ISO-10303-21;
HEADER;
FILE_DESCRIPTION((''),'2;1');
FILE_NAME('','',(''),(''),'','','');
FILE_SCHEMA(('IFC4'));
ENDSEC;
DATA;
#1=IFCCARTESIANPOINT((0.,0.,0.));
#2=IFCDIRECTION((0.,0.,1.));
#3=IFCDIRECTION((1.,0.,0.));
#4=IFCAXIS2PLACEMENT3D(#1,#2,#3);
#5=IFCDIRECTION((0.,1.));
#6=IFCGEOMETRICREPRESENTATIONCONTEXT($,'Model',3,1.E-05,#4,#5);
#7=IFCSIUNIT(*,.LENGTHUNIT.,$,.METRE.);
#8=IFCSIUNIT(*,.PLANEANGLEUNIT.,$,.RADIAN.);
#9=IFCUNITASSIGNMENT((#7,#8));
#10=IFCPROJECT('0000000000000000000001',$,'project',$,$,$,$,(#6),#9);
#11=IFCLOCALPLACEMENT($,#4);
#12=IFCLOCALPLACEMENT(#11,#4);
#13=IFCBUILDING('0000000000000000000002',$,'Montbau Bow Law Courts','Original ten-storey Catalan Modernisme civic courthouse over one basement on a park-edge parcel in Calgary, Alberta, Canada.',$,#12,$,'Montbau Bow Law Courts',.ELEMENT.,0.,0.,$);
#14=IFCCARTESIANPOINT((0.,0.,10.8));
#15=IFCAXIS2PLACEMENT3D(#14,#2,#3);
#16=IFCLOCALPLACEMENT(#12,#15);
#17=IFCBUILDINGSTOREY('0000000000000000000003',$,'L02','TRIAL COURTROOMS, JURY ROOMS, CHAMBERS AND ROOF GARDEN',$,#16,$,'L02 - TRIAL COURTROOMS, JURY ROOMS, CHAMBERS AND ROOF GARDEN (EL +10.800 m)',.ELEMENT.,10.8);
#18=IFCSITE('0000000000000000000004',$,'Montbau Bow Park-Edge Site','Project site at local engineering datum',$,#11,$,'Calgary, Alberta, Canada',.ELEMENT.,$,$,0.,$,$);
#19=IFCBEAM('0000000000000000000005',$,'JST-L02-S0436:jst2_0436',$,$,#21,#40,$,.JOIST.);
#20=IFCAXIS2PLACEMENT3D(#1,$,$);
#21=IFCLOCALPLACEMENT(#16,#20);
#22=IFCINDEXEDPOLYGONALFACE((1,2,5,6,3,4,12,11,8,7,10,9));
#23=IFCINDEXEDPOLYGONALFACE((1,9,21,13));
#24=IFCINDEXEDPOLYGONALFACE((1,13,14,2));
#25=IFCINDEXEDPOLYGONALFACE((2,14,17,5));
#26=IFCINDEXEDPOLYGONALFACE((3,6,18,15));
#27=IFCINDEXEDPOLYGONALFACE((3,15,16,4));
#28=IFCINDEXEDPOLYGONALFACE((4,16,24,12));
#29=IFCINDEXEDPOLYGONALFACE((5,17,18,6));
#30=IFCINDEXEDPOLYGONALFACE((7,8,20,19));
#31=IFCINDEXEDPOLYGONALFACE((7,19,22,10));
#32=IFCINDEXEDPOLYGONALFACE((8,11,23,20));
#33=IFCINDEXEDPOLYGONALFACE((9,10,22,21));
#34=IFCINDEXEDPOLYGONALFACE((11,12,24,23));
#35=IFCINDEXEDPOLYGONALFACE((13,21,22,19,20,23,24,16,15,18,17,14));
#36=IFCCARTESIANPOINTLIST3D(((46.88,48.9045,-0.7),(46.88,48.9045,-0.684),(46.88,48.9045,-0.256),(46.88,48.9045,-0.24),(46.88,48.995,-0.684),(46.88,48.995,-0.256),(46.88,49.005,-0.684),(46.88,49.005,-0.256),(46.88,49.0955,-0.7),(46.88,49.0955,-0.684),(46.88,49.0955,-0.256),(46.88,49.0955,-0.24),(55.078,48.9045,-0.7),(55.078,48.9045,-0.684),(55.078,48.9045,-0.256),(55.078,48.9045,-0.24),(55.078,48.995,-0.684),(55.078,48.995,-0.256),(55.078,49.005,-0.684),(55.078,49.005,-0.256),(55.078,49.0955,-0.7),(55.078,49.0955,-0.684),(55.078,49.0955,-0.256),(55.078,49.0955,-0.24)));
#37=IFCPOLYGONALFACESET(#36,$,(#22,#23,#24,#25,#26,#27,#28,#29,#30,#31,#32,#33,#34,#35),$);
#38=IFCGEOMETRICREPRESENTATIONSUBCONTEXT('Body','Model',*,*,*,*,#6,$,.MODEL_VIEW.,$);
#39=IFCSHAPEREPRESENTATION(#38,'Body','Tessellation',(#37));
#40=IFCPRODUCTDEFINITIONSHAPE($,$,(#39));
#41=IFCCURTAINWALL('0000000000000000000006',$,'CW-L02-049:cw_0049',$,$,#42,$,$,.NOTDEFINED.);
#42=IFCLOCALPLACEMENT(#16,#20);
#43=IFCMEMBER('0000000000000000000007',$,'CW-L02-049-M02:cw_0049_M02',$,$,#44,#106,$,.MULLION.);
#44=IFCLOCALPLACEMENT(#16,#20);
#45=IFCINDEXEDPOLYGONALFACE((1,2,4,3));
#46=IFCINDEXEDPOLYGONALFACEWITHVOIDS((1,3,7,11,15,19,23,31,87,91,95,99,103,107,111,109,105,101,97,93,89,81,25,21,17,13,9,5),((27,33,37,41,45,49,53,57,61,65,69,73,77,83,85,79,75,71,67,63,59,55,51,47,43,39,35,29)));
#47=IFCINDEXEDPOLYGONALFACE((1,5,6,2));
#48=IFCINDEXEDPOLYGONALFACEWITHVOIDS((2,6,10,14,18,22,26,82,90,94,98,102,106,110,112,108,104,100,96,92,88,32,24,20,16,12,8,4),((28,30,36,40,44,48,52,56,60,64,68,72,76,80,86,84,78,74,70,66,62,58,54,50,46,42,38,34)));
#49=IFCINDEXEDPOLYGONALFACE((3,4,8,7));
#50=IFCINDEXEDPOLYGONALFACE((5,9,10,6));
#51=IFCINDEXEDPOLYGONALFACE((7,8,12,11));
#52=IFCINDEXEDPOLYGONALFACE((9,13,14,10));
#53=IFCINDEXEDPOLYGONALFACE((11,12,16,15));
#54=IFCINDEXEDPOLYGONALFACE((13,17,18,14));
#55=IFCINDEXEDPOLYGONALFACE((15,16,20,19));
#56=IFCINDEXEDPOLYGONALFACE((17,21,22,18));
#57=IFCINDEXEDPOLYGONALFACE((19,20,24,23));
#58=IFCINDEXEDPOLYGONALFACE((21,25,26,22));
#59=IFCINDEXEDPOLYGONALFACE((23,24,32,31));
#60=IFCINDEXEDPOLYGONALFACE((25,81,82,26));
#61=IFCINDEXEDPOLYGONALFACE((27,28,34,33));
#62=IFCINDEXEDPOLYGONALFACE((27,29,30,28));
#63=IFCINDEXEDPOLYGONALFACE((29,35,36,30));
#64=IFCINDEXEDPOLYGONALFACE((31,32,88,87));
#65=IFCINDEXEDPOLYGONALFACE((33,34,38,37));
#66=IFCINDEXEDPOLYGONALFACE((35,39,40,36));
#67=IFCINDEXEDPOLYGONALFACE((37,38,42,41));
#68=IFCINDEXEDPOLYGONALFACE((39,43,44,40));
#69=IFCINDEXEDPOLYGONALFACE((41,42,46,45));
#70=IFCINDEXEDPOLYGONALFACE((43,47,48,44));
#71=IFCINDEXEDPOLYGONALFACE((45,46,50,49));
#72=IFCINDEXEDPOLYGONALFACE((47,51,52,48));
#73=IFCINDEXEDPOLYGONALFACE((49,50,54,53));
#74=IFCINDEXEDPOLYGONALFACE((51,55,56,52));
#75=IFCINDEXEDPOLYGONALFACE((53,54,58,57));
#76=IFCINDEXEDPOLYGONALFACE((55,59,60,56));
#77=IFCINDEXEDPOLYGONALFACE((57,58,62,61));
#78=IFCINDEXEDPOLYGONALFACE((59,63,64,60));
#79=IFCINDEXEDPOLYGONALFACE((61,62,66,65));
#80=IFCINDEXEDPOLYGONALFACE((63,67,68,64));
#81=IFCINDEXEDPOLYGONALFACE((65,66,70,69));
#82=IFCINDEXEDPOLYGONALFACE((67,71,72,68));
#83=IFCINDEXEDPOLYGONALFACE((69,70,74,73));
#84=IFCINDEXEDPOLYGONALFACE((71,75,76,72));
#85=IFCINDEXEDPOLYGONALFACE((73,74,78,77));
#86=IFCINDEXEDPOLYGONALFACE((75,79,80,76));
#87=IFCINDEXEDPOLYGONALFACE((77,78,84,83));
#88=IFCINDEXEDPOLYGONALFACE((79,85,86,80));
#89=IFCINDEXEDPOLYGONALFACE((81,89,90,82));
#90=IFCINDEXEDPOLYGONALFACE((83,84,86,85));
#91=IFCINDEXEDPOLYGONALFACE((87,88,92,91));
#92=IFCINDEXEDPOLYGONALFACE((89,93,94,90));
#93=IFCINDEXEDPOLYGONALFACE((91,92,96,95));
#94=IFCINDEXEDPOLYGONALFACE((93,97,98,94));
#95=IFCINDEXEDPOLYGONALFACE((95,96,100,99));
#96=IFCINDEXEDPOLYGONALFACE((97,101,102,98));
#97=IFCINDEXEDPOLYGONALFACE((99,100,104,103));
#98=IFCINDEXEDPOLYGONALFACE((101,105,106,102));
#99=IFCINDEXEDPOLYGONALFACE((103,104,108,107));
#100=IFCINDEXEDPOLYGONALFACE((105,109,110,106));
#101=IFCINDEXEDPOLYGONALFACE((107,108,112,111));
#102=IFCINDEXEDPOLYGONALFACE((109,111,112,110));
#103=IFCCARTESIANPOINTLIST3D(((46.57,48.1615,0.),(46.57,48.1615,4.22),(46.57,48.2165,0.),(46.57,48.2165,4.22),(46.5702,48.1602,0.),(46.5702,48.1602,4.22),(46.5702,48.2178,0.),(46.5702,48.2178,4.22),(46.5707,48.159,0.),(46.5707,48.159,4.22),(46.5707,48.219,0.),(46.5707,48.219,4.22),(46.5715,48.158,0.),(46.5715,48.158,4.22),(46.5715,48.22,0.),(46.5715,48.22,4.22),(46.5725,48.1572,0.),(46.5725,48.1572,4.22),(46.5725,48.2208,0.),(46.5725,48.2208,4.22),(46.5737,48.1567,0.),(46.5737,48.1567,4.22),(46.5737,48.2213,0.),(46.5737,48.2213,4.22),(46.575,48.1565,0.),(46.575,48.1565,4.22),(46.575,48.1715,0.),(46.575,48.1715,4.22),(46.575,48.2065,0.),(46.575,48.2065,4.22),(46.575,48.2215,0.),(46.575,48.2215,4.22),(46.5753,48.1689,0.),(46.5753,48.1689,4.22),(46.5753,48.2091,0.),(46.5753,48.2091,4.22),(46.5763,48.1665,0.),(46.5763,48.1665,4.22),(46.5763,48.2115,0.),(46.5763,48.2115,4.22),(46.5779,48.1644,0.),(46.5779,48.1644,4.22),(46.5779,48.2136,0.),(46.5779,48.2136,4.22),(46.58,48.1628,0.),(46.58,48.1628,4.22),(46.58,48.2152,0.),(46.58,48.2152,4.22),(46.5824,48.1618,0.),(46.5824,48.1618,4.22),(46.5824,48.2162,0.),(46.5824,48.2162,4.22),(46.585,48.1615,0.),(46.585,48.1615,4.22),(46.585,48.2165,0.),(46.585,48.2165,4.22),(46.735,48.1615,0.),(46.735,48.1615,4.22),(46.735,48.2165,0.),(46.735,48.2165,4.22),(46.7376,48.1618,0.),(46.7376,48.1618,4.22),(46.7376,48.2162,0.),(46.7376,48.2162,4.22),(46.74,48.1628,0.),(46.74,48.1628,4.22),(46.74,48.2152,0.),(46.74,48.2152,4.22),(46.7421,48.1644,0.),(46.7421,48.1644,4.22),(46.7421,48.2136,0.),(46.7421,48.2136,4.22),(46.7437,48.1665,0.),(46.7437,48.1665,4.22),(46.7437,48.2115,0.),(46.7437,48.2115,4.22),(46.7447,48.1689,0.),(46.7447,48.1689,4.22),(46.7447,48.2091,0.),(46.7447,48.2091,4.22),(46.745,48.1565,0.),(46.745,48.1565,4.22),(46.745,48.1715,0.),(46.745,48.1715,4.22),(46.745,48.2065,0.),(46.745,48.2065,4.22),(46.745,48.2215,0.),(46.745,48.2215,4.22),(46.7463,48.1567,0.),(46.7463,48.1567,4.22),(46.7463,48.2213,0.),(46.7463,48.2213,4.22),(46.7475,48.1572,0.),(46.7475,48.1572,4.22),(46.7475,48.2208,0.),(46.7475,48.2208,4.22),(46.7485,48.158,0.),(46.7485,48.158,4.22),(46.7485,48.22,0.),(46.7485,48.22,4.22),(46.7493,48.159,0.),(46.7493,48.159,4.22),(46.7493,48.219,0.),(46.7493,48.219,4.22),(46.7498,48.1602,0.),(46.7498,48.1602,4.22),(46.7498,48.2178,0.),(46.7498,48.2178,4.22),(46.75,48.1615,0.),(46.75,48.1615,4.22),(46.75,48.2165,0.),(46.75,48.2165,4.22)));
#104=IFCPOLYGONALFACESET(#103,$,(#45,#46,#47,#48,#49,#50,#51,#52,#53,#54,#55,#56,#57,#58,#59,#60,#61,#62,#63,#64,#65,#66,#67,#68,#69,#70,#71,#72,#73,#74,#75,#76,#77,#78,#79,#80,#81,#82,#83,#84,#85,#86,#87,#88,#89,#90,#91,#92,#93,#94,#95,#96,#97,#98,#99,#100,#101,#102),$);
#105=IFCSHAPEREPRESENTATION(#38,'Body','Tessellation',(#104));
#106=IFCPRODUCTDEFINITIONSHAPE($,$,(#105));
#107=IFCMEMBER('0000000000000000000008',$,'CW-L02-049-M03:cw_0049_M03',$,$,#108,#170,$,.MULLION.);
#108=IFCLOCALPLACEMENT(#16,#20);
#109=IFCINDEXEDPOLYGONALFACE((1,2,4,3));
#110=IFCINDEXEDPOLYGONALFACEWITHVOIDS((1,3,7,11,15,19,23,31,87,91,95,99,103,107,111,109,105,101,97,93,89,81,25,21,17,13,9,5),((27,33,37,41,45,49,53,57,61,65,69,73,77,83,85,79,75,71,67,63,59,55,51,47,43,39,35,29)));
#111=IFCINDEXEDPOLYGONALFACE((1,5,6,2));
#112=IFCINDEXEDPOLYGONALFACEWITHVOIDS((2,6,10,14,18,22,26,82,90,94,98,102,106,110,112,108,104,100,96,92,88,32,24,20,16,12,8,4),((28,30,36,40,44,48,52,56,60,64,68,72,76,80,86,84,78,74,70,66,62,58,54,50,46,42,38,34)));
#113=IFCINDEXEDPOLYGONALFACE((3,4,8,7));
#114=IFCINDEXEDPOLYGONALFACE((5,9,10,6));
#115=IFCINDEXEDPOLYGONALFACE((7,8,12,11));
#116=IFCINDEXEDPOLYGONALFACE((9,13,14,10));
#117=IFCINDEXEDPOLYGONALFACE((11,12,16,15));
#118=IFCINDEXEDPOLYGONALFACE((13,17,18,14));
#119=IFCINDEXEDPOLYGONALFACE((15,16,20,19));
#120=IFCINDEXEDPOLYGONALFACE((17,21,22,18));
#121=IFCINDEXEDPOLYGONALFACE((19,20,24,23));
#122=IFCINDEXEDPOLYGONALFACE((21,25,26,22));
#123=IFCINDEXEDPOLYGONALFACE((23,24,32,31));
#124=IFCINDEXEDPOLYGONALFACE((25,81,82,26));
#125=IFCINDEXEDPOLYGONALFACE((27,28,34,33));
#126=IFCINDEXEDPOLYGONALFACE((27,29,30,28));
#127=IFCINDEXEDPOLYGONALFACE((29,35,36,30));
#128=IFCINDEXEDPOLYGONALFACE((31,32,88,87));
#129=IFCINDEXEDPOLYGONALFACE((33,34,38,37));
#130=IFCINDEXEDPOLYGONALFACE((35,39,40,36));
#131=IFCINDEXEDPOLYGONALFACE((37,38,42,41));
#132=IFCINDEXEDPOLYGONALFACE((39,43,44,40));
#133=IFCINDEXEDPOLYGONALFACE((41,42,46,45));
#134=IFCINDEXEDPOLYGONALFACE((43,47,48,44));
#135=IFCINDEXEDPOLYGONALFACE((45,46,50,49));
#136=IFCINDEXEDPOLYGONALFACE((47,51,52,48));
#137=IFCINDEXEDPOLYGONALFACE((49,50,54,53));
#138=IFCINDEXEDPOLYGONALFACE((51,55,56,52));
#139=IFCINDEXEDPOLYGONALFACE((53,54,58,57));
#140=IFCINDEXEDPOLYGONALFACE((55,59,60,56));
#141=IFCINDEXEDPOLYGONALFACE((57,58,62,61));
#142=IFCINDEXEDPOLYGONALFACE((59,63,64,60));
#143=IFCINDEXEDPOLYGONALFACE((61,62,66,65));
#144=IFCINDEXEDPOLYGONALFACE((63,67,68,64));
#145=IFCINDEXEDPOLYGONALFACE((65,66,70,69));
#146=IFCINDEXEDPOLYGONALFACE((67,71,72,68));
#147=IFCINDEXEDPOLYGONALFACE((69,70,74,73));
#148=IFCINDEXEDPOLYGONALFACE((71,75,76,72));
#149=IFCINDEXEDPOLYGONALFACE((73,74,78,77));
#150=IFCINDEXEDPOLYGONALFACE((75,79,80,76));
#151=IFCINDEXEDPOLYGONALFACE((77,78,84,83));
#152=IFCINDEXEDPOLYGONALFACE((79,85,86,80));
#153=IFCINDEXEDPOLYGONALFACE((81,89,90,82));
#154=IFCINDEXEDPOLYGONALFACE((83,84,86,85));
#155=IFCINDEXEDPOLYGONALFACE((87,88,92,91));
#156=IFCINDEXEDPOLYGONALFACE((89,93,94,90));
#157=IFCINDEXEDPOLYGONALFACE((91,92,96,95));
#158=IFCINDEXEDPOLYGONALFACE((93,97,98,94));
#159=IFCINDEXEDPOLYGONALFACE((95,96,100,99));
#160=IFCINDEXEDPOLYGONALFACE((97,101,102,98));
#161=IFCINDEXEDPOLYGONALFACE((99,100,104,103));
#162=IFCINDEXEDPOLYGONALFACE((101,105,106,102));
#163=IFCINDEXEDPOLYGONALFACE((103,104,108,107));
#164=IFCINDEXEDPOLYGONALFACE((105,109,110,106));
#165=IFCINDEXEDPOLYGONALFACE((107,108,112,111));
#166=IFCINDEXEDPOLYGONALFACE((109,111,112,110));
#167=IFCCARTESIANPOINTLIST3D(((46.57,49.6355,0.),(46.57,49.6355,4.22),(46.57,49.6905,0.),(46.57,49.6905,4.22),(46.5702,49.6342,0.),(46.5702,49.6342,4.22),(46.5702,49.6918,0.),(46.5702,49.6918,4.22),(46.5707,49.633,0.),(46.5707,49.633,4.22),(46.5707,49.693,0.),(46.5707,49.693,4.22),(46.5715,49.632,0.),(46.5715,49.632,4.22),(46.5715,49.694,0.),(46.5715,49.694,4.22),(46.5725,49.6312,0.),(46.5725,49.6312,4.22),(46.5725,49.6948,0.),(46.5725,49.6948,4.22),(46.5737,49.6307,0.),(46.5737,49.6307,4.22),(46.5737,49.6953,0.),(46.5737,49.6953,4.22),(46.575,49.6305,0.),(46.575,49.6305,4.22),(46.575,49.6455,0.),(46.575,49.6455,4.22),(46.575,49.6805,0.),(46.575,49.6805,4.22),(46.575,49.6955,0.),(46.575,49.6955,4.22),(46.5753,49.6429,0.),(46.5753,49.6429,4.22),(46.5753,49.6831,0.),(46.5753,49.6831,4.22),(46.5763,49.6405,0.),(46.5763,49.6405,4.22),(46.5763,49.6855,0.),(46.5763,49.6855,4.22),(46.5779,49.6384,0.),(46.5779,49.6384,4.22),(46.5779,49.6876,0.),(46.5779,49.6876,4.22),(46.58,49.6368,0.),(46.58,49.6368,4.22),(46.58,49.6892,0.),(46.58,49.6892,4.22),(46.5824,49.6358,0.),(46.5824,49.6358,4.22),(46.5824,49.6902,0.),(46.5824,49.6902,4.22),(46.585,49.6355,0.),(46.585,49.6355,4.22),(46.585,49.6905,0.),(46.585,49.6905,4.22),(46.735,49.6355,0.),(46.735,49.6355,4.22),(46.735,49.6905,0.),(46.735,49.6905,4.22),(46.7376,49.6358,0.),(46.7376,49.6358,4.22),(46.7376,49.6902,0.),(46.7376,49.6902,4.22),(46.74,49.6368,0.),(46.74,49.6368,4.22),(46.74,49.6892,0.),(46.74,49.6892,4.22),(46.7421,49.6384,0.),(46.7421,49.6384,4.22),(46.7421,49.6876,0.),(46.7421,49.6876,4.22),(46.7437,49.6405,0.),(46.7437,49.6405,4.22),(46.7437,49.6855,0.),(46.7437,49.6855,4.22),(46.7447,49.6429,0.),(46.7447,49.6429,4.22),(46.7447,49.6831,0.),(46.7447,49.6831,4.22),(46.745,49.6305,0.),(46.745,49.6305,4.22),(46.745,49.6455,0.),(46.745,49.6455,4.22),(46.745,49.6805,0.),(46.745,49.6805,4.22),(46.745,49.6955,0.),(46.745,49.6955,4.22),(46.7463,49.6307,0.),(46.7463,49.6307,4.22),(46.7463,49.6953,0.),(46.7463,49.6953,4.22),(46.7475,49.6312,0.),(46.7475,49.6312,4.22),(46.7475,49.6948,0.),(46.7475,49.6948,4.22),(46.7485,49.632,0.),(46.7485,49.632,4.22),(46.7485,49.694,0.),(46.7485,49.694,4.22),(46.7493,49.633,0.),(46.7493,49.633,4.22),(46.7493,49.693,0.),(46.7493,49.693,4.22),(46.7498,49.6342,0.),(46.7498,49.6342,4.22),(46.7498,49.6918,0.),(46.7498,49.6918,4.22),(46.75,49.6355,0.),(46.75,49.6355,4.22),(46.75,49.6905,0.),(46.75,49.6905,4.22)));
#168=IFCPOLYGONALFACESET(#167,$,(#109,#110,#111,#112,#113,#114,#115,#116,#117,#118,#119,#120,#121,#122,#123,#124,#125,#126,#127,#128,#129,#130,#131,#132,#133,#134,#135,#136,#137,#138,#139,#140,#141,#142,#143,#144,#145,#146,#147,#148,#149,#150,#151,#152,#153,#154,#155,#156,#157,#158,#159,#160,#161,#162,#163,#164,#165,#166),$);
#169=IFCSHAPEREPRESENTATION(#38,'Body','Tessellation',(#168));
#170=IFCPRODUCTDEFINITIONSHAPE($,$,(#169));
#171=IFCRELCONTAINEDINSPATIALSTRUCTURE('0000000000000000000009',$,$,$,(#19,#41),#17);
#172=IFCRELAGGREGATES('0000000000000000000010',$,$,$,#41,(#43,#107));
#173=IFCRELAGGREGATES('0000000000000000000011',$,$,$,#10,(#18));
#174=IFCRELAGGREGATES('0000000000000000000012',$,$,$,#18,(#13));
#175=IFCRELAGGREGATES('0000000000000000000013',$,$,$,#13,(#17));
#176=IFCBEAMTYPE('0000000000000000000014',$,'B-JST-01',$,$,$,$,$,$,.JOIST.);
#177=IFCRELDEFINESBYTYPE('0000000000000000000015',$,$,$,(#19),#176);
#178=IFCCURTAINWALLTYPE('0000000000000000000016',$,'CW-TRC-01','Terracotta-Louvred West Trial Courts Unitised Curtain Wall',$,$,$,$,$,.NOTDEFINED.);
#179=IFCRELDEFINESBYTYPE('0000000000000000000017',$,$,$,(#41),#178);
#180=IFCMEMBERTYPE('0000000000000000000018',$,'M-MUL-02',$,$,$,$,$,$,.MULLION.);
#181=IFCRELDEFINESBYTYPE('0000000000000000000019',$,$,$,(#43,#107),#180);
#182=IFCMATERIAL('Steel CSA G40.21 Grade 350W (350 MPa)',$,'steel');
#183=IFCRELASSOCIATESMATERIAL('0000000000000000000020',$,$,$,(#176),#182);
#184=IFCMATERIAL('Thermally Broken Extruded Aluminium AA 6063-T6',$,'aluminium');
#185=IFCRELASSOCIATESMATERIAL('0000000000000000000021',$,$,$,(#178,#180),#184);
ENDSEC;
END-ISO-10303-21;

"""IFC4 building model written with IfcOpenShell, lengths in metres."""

from ifc_helpers import new_model, si_unit, direction, frame, origin_with_axes, origin_2d_with_axis, place, context, subcontext, project, spatial, hollow_rectangle, i_section, extrude, material, material_profile, profile_set, type_object, element, aggregate, save


model = new_model("IFC4")

# Units and contexts
model_context = context("Model", 3, precision=1e-05, world=origin_with_axes(), true_north=direction((0.0, 1.0)))
body_context = subcontext(model_context, "Body", "Model", "MODEL_VIEW")
ifc_project = project(units=[si_unit("LENGTHUNIT", "METRE"), si_unit("PLANEANGLEUNIT", "RADIAN")], contexts=[model_context])

# Site, building, storey
site_placement = place(None, origin_with_axes())
site = spatial("IfcSite", under=ifc_project, at=site_placement, Name="Montbau Bow Park-Edge Site", Description="Project site at local engineering datum", LongName="Calgary, Alberta, Canada", CompositionType="ELEMENT", RefElevation=0.0)
building_placement = place(site_placement, origin_with_axes())
building = spatial("IfcBuilding", under=site, at=building_placement, Name="Montbau Bow Law Courts", Description="Original ten-storey Catalan Modernisme civic courthouse over one basement on a park-edge parcel in Calgary, Alberta, Canada.", LongName="Montbau Bow Law Courts", CompositionType="ELEMENT", ElevationOfRefHeight=0.0, ElevationOfTerrain=0.0)
storey_placement = place(building_placement, frame((0.0, 0.0, 10.8), z_axis=(0.0, 0.0, 1.0), x_axis=(1.0, 0.0, 0.0)))
storey = spatial("IfcBuildingStorey", under=building, at=storey_placement, Name="L02", Description="TRIAL COURTROOMS, JURY ROOMS, CHAMBERS AND ROOF GARDEN", LongName="L02 - TRIAL COURTROOMS, JURY ROOMS, CHAMBERS AND ROOF GARDEN (EL +10.800 m)", CompositionType="ELEMENT", Elevation=10.8)

# Beam
ifc_material_1 = material(Name="Steel CSA G40.21 Grade 350W (350 MPa)", Category="steel")
ifc_material_profile_1 = material_profile(ifc_material_1, i_section(OverallWidth=0.191, OverallDepth=0.46, WebThickness=0.0099, FlangeThickness=0.016, at=origin_2d_with_axis()), Name="W460X82", Category="Main", Priority=0)
ifc_profile_set_1 = profile_set([ifc_material_profile_1], Name="Steel CSA G40.21 Grade 350W (350 MPa)")
beam_type = type_object("IfcBeamType", Name="B-JST-01", PredefinedType="JOIST", material=ifc_profile_set_1)
beam_placement = place(None, frame((46.88, 49.0, 10.33), z_axis=(1.0, 0.0, 0.0), x_axis=(0.0, 1.0, 0.0)))
element("IfcBeam", 1, at=beam_placement, inside=storey, type_object=beam_type, Name="JST-L02-S0436:jst2_0436", PredefinedType="JOIST", context=body_context, shape_type="SweptSolid", body=[
    extrude(i_section(OverallWidth=0.191, OverallDepth=0.46, WebThickness=0.0099, FlangeThickness=0.016, at=origin_2d_with_axis()), origin_with_axes(), (0.0, 0.0, 1.0), 8.198),
])

# Curtain wall, members
ifc_material_2 = material(Name="Thermally Broken Extruded Aluminium AA 6063-T6", Category="aluminium")
curtain_wall_type_1 = type_object("IfcCurtainWallType", Name="CW-TRC-01", Description="Terracotta-Louvred West Trial Courts Unitised Curtain Wall", PredefinedType="NOTDEFINED", material=ifc_material_2)
curtain_wall_1_placement = place(None, frame((46.66, 46.715, 10.8), z_axis=(0.0, 0.0, 1.0), x_axis=(1.0, 0.0, 0.0)))
curtain_wall_1 = element("IfcCurtainWall", 2, at=curtain_wall_1_placement, inside=storey, type_object=curtain_wall_type_1, Name="CW-L02-049:cw_0049", PredefinedType="NOTDEFINED")
ifc_material_profile_2 = material_profile(ifc_material_2, hollow_rectangle(XDim=0.065, YDim=0.18, WallThickness=0.005, InnerFilletRadius=0.01, OuterFilletRadius=0.005, at=origin_2d_with_axis()), Name="CWM-180X65", Category="Main", Priority=0)
ifc_profile_set_2 = profile_set([ifc_material_profile_2], Name="Thermally Broken Extruded Aluminium AA 6063-T6")
member_type_1 = type_object("IfcMemberType", Name="M-MUL-02", PredefinedType="MULLION", material=ifc_profile_set_2)
member_1_placement = place(None, frame((46.66, 48.189, 10.8), z_axis=(0.0, 0.0, 1.0), x_axis=(0.0, 1.0, 0.0)))
member_1 = element("IfcMember", 3, at=member_1_placement, type_object=member_type_1, Name="CW-L02-049-M02:cw_0049_M02", PredefinedType="MULLION", context=body_context, shape_type="SweptSolid", body=[
    extrude(hollow_rectangle(XDim=0.065, YDim=0.18, WallThickness=0.005, InnerFilletRadius=0.01, OuterFilletRadius=0.005, at=origin_2d_with_axis()), origin_with_axes(), (0.0, 0.0, 1.0), 4.22),
])
member_2_placement = place(None, frame((46.66, 49.663, 10.8), z_axis=(0.0, 0.0, 1.0), x_axis=(0.0, 1.0, 0.0)))
member_2 = element("IfcMember", 4, at=member_2_placement, type_object=member_type_1, Name="CW-L02-049-M03:cw_0049_M03", PredefinedType="MULLION", context=body_context, shape_type="SweptSolid", body=[
    extrude(hollow_rectangle(XDim=0.065, YDim=0.18, WallThickness=0.005, InnerFilletRadius=0.01, OuterFilletRadius=0.005, at=origin_2d_with_axis()), origin_with_axes(), (0.0, 0.0, 1.0), 4.22),
])

aggregate(curtain_wall_1, [member_1, member_2])

save(model, "model.ifc")
